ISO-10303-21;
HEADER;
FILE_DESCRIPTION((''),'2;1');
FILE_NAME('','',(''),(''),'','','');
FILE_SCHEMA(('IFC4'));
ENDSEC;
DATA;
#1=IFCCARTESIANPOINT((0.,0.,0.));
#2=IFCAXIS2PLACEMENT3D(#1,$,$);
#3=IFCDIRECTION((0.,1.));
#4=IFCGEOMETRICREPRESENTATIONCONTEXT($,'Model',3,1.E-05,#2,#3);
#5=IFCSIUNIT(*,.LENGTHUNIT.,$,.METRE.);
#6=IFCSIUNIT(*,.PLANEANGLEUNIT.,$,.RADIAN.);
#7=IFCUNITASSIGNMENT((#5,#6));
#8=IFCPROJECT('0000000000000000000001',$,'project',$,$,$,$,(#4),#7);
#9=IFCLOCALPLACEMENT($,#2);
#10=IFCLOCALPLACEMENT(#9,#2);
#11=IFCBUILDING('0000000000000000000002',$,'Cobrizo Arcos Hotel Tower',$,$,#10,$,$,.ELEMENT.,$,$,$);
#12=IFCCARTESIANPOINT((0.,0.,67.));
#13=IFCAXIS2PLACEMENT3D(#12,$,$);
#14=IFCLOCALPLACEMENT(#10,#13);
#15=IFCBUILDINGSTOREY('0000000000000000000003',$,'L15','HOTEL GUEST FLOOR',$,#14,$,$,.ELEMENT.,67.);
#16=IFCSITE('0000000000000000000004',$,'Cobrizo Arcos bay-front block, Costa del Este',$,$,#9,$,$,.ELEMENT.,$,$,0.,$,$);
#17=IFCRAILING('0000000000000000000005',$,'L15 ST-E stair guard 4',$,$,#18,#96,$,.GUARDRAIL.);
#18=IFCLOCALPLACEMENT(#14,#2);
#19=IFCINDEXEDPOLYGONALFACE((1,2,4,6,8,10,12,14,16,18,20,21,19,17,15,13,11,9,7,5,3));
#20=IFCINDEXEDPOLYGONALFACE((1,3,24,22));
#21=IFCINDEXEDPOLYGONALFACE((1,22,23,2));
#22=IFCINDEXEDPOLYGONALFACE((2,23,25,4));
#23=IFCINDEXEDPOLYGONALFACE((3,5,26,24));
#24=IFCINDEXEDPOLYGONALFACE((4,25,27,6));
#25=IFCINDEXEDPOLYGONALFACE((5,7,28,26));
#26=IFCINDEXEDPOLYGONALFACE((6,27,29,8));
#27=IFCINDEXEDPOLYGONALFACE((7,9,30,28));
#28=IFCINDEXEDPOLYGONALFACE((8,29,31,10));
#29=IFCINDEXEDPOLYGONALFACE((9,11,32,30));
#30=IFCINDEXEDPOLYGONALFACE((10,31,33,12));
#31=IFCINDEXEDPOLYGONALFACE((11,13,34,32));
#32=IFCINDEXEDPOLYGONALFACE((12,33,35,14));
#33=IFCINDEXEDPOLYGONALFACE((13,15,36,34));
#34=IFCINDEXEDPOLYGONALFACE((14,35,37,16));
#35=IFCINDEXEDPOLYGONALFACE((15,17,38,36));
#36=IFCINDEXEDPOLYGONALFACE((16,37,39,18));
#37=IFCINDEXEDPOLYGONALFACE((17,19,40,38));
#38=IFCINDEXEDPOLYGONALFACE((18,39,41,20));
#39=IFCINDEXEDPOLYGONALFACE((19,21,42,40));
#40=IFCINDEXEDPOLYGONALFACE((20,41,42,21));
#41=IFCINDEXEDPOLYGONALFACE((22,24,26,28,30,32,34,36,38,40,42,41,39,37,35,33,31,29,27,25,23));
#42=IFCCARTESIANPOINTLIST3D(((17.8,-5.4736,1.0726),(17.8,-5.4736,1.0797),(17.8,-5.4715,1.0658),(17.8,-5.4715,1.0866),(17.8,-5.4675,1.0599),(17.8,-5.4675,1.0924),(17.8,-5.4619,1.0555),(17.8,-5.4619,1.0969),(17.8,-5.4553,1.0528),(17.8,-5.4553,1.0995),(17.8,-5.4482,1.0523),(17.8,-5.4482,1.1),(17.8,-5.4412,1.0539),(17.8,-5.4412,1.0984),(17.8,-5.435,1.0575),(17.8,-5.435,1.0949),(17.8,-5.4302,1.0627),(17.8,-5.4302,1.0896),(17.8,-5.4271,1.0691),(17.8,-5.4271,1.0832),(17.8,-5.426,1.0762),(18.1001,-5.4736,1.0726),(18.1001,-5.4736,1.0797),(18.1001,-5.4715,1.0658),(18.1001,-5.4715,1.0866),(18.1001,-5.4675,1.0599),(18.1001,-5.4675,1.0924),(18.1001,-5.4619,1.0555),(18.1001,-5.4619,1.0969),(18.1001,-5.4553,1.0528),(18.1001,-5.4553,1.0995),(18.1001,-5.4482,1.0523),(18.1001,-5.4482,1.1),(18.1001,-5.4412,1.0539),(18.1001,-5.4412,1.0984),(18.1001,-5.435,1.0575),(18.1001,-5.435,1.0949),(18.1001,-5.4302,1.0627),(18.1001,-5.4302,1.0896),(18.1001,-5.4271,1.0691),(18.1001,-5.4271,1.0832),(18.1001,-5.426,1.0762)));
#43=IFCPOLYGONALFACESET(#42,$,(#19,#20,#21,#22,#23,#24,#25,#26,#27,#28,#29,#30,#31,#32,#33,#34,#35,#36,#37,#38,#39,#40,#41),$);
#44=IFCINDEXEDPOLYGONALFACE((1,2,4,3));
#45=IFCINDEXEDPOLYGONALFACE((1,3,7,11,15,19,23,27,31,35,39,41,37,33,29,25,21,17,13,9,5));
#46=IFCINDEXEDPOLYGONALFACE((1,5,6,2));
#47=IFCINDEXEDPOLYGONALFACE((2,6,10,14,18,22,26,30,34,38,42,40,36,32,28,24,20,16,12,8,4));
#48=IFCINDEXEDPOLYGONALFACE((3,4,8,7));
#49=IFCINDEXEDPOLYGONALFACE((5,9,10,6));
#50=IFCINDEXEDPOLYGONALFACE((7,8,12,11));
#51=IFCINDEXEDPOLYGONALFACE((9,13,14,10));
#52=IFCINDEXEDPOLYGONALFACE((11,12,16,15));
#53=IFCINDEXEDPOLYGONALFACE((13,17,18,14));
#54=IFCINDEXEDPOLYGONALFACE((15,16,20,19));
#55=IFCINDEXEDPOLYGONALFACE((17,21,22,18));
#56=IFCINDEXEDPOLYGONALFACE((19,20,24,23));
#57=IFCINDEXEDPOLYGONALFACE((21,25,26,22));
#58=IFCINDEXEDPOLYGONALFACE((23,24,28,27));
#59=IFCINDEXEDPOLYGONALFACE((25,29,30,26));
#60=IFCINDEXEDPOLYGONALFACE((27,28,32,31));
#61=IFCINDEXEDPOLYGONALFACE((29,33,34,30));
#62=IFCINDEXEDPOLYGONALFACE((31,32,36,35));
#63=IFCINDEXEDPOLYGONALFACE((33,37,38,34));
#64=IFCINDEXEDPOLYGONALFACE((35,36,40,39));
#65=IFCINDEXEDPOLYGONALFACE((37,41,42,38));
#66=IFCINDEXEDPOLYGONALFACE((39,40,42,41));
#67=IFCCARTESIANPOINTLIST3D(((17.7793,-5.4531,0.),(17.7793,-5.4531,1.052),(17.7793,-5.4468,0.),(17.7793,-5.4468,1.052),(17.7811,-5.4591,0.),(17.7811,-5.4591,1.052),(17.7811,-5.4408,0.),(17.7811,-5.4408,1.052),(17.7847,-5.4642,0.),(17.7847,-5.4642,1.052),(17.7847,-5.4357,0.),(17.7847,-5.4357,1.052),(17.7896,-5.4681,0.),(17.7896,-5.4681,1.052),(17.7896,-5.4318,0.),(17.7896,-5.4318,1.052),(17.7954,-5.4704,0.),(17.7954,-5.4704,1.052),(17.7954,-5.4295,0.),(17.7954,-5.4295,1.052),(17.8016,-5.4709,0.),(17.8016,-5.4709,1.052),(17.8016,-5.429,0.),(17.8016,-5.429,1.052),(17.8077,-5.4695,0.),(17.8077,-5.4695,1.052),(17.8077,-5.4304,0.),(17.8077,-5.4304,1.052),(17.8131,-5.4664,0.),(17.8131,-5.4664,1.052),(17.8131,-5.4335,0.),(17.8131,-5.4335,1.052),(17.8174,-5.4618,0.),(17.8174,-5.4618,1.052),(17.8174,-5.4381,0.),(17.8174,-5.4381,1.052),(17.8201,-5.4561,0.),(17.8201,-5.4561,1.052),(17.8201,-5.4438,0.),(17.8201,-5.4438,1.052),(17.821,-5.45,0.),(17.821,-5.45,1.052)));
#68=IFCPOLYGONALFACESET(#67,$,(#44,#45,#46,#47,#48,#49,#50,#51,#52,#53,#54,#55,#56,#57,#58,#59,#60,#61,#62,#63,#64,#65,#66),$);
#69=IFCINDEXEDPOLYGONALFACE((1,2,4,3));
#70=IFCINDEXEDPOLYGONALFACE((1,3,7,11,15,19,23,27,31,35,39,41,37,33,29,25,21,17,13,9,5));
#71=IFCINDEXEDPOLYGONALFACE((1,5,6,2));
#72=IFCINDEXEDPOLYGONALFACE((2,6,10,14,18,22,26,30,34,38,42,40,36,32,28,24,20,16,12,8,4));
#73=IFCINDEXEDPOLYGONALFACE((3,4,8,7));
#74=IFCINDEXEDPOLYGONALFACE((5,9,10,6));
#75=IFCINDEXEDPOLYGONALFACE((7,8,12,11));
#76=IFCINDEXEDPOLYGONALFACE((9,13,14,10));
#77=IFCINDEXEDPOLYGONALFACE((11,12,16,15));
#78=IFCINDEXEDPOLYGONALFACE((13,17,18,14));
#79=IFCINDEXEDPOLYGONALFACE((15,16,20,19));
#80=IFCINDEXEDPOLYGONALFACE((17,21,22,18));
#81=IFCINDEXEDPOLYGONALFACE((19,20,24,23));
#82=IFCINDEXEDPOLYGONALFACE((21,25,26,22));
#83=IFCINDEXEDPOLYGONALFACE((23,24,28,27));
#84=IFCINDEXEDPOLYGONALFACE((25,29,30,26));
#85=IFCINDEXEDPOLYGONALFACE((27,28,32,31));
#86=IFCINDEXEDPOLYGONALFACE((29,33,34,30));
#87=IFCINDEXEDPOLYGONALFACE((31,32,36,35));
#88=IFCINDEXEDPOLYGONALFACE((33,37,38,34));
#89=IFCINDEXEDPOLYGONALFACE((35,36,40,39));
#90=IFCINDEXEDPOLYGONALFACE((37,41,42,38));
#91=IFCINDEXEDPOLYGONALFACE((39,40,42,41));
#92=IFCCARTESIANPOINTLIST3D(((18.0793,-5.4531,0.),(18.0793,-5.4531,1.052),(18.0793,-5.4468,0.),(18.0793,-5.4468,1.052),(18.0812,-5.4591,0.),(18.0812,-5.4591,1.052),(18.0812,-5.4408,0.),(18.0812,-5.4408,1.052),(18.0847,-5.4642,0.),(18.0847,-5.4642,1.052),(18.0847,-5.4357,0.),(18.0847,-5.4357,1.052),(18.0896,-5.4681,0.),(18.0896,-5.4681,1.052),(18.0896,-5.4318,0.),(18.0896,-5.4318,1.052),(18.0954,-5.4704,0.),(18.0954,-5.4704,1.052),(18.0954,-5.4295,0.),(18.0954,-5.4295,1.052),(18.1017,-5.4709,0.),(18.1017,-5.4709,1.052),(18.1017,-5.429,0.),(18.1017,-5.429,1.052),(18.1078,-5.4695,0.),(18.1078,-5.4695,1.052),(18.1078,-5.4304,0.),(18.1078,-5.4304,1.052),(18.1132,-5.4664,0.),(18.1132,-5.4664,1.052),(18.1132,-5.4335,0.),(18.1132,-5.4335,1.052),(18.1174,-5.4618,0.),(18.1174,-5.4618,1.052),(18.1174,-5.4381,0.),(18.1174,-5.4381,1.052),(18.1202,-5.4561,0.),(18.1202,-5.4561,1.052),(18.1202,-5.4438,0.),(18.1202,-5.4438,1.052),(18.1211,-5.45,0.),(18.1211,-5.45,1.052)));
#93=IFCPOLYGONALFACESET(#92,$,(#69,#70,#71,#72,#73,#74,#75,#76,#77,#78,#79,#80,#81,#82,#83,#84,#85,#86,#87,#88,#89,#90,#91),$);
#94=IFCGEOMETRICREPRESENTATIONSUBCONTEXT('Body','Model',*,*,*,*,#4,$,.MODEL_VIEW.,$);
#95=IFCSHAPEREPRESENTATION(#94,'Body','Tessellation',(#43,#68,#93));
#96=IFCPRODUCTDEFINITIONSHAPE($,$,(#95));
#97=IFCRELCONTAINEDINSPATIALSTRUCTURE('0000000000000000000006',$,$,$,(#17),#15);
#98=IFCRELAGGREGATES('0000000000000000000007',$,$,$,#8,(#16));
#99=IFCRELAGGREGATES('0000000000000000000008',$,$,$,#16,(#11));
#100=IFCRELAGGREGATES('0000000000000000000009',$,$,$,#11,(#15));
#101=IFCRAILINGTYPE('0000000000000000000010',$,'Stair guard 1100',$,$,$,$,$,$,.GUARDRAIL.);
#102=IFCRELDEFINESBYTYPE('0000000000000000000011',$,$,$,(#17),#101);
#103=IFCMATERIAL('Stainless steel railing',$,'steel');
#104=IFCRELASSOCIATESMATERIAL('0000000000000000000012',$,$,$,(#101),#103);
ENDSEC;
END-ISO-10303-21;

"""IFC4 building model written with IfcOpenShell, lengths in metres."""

from ifc_helpers import new_model, si_unit, direction, frame, origin, origin_2d, place, context, subcontext, project, spatial, circle, extrude, material, type_object, element, save


model = new_model("IFC4")

# Units and contexts
model_context = context("Model", 3, precision=1e-05, world=origin(), true_north=direction((0.0, 1.0)))
body_context = subcontext(model_context, "Body", "Model", "MODEL_VIEW")
ifc_project = project(units=[si_unit("LENGTHUNIT", "METRE"), si_unit("PLANEANGLEUNIT", "RADIAN")], contexts=[model_context])

# Site, building, storey
site_placement = place(None, origin())
site = spatial("IfcSite", under=ifc_project, at=site_placement, Name="Cobrizo Arcos bay-front block, Costa del Este", CompositionType="ELEMENT", RefElevation=0.0)
building_placement = place(site_placement, origin())
building = spatial("IfcBuilding", under=site, at=building_placement, Name="Cobrizo Arcos Hotel Tower", CompositionType="ELEMENT")
storey_placement = place(building_placement, frame((0.0, 0.0, 67.0)))
storey = spatial("IfcBuildingStorey", under=building, at=storey_placement, Name="L15", Description="HOTEL GUEST FLOOR", CompositionType="ELEMENT", Elevation=67.0)

# Railing
ifc_material_1 = material(Name="Stainless steel railing", Category="steel")
railing_type_1 = type_object("IfcRailingType", Name="Stair guard 1100", PredefinedType="GUARDRAIL", material=ifc_material_1)
railing_1_placement = place(storey_placement, frame((17.8, -5.45, 0.0)))
element("IfcRailing", 1, at=railing_1_placement, inside=storey, type_object=railing_type_1, Name="L15 ST-E stair guard 4", PredefinedType="GUARDRAIL", context=body_context, shape_type="SweptSolid", body=[
    extrude(circle(Radius=0.0239, at=origin_2d()), frame((0.0, 0.0, 1.0762), z_axis=(1.0, 0.0, 0.0), x_axis=(0.0, 1.0, 0.0)), (0.0, 0.0, 1.0), 0.3),
    extrude(circle(Radius=0.021, at=origin_2d()), origin(), (0.0, 0.0, 1.0), 1.052),
    extrude(circle(Radius=0.021, at=origin_2d()), frame((0.3, 0.0, 0.0)), (0.0, 0.0, 1.0), 1.052),
])

save(model, "model.ifc")
